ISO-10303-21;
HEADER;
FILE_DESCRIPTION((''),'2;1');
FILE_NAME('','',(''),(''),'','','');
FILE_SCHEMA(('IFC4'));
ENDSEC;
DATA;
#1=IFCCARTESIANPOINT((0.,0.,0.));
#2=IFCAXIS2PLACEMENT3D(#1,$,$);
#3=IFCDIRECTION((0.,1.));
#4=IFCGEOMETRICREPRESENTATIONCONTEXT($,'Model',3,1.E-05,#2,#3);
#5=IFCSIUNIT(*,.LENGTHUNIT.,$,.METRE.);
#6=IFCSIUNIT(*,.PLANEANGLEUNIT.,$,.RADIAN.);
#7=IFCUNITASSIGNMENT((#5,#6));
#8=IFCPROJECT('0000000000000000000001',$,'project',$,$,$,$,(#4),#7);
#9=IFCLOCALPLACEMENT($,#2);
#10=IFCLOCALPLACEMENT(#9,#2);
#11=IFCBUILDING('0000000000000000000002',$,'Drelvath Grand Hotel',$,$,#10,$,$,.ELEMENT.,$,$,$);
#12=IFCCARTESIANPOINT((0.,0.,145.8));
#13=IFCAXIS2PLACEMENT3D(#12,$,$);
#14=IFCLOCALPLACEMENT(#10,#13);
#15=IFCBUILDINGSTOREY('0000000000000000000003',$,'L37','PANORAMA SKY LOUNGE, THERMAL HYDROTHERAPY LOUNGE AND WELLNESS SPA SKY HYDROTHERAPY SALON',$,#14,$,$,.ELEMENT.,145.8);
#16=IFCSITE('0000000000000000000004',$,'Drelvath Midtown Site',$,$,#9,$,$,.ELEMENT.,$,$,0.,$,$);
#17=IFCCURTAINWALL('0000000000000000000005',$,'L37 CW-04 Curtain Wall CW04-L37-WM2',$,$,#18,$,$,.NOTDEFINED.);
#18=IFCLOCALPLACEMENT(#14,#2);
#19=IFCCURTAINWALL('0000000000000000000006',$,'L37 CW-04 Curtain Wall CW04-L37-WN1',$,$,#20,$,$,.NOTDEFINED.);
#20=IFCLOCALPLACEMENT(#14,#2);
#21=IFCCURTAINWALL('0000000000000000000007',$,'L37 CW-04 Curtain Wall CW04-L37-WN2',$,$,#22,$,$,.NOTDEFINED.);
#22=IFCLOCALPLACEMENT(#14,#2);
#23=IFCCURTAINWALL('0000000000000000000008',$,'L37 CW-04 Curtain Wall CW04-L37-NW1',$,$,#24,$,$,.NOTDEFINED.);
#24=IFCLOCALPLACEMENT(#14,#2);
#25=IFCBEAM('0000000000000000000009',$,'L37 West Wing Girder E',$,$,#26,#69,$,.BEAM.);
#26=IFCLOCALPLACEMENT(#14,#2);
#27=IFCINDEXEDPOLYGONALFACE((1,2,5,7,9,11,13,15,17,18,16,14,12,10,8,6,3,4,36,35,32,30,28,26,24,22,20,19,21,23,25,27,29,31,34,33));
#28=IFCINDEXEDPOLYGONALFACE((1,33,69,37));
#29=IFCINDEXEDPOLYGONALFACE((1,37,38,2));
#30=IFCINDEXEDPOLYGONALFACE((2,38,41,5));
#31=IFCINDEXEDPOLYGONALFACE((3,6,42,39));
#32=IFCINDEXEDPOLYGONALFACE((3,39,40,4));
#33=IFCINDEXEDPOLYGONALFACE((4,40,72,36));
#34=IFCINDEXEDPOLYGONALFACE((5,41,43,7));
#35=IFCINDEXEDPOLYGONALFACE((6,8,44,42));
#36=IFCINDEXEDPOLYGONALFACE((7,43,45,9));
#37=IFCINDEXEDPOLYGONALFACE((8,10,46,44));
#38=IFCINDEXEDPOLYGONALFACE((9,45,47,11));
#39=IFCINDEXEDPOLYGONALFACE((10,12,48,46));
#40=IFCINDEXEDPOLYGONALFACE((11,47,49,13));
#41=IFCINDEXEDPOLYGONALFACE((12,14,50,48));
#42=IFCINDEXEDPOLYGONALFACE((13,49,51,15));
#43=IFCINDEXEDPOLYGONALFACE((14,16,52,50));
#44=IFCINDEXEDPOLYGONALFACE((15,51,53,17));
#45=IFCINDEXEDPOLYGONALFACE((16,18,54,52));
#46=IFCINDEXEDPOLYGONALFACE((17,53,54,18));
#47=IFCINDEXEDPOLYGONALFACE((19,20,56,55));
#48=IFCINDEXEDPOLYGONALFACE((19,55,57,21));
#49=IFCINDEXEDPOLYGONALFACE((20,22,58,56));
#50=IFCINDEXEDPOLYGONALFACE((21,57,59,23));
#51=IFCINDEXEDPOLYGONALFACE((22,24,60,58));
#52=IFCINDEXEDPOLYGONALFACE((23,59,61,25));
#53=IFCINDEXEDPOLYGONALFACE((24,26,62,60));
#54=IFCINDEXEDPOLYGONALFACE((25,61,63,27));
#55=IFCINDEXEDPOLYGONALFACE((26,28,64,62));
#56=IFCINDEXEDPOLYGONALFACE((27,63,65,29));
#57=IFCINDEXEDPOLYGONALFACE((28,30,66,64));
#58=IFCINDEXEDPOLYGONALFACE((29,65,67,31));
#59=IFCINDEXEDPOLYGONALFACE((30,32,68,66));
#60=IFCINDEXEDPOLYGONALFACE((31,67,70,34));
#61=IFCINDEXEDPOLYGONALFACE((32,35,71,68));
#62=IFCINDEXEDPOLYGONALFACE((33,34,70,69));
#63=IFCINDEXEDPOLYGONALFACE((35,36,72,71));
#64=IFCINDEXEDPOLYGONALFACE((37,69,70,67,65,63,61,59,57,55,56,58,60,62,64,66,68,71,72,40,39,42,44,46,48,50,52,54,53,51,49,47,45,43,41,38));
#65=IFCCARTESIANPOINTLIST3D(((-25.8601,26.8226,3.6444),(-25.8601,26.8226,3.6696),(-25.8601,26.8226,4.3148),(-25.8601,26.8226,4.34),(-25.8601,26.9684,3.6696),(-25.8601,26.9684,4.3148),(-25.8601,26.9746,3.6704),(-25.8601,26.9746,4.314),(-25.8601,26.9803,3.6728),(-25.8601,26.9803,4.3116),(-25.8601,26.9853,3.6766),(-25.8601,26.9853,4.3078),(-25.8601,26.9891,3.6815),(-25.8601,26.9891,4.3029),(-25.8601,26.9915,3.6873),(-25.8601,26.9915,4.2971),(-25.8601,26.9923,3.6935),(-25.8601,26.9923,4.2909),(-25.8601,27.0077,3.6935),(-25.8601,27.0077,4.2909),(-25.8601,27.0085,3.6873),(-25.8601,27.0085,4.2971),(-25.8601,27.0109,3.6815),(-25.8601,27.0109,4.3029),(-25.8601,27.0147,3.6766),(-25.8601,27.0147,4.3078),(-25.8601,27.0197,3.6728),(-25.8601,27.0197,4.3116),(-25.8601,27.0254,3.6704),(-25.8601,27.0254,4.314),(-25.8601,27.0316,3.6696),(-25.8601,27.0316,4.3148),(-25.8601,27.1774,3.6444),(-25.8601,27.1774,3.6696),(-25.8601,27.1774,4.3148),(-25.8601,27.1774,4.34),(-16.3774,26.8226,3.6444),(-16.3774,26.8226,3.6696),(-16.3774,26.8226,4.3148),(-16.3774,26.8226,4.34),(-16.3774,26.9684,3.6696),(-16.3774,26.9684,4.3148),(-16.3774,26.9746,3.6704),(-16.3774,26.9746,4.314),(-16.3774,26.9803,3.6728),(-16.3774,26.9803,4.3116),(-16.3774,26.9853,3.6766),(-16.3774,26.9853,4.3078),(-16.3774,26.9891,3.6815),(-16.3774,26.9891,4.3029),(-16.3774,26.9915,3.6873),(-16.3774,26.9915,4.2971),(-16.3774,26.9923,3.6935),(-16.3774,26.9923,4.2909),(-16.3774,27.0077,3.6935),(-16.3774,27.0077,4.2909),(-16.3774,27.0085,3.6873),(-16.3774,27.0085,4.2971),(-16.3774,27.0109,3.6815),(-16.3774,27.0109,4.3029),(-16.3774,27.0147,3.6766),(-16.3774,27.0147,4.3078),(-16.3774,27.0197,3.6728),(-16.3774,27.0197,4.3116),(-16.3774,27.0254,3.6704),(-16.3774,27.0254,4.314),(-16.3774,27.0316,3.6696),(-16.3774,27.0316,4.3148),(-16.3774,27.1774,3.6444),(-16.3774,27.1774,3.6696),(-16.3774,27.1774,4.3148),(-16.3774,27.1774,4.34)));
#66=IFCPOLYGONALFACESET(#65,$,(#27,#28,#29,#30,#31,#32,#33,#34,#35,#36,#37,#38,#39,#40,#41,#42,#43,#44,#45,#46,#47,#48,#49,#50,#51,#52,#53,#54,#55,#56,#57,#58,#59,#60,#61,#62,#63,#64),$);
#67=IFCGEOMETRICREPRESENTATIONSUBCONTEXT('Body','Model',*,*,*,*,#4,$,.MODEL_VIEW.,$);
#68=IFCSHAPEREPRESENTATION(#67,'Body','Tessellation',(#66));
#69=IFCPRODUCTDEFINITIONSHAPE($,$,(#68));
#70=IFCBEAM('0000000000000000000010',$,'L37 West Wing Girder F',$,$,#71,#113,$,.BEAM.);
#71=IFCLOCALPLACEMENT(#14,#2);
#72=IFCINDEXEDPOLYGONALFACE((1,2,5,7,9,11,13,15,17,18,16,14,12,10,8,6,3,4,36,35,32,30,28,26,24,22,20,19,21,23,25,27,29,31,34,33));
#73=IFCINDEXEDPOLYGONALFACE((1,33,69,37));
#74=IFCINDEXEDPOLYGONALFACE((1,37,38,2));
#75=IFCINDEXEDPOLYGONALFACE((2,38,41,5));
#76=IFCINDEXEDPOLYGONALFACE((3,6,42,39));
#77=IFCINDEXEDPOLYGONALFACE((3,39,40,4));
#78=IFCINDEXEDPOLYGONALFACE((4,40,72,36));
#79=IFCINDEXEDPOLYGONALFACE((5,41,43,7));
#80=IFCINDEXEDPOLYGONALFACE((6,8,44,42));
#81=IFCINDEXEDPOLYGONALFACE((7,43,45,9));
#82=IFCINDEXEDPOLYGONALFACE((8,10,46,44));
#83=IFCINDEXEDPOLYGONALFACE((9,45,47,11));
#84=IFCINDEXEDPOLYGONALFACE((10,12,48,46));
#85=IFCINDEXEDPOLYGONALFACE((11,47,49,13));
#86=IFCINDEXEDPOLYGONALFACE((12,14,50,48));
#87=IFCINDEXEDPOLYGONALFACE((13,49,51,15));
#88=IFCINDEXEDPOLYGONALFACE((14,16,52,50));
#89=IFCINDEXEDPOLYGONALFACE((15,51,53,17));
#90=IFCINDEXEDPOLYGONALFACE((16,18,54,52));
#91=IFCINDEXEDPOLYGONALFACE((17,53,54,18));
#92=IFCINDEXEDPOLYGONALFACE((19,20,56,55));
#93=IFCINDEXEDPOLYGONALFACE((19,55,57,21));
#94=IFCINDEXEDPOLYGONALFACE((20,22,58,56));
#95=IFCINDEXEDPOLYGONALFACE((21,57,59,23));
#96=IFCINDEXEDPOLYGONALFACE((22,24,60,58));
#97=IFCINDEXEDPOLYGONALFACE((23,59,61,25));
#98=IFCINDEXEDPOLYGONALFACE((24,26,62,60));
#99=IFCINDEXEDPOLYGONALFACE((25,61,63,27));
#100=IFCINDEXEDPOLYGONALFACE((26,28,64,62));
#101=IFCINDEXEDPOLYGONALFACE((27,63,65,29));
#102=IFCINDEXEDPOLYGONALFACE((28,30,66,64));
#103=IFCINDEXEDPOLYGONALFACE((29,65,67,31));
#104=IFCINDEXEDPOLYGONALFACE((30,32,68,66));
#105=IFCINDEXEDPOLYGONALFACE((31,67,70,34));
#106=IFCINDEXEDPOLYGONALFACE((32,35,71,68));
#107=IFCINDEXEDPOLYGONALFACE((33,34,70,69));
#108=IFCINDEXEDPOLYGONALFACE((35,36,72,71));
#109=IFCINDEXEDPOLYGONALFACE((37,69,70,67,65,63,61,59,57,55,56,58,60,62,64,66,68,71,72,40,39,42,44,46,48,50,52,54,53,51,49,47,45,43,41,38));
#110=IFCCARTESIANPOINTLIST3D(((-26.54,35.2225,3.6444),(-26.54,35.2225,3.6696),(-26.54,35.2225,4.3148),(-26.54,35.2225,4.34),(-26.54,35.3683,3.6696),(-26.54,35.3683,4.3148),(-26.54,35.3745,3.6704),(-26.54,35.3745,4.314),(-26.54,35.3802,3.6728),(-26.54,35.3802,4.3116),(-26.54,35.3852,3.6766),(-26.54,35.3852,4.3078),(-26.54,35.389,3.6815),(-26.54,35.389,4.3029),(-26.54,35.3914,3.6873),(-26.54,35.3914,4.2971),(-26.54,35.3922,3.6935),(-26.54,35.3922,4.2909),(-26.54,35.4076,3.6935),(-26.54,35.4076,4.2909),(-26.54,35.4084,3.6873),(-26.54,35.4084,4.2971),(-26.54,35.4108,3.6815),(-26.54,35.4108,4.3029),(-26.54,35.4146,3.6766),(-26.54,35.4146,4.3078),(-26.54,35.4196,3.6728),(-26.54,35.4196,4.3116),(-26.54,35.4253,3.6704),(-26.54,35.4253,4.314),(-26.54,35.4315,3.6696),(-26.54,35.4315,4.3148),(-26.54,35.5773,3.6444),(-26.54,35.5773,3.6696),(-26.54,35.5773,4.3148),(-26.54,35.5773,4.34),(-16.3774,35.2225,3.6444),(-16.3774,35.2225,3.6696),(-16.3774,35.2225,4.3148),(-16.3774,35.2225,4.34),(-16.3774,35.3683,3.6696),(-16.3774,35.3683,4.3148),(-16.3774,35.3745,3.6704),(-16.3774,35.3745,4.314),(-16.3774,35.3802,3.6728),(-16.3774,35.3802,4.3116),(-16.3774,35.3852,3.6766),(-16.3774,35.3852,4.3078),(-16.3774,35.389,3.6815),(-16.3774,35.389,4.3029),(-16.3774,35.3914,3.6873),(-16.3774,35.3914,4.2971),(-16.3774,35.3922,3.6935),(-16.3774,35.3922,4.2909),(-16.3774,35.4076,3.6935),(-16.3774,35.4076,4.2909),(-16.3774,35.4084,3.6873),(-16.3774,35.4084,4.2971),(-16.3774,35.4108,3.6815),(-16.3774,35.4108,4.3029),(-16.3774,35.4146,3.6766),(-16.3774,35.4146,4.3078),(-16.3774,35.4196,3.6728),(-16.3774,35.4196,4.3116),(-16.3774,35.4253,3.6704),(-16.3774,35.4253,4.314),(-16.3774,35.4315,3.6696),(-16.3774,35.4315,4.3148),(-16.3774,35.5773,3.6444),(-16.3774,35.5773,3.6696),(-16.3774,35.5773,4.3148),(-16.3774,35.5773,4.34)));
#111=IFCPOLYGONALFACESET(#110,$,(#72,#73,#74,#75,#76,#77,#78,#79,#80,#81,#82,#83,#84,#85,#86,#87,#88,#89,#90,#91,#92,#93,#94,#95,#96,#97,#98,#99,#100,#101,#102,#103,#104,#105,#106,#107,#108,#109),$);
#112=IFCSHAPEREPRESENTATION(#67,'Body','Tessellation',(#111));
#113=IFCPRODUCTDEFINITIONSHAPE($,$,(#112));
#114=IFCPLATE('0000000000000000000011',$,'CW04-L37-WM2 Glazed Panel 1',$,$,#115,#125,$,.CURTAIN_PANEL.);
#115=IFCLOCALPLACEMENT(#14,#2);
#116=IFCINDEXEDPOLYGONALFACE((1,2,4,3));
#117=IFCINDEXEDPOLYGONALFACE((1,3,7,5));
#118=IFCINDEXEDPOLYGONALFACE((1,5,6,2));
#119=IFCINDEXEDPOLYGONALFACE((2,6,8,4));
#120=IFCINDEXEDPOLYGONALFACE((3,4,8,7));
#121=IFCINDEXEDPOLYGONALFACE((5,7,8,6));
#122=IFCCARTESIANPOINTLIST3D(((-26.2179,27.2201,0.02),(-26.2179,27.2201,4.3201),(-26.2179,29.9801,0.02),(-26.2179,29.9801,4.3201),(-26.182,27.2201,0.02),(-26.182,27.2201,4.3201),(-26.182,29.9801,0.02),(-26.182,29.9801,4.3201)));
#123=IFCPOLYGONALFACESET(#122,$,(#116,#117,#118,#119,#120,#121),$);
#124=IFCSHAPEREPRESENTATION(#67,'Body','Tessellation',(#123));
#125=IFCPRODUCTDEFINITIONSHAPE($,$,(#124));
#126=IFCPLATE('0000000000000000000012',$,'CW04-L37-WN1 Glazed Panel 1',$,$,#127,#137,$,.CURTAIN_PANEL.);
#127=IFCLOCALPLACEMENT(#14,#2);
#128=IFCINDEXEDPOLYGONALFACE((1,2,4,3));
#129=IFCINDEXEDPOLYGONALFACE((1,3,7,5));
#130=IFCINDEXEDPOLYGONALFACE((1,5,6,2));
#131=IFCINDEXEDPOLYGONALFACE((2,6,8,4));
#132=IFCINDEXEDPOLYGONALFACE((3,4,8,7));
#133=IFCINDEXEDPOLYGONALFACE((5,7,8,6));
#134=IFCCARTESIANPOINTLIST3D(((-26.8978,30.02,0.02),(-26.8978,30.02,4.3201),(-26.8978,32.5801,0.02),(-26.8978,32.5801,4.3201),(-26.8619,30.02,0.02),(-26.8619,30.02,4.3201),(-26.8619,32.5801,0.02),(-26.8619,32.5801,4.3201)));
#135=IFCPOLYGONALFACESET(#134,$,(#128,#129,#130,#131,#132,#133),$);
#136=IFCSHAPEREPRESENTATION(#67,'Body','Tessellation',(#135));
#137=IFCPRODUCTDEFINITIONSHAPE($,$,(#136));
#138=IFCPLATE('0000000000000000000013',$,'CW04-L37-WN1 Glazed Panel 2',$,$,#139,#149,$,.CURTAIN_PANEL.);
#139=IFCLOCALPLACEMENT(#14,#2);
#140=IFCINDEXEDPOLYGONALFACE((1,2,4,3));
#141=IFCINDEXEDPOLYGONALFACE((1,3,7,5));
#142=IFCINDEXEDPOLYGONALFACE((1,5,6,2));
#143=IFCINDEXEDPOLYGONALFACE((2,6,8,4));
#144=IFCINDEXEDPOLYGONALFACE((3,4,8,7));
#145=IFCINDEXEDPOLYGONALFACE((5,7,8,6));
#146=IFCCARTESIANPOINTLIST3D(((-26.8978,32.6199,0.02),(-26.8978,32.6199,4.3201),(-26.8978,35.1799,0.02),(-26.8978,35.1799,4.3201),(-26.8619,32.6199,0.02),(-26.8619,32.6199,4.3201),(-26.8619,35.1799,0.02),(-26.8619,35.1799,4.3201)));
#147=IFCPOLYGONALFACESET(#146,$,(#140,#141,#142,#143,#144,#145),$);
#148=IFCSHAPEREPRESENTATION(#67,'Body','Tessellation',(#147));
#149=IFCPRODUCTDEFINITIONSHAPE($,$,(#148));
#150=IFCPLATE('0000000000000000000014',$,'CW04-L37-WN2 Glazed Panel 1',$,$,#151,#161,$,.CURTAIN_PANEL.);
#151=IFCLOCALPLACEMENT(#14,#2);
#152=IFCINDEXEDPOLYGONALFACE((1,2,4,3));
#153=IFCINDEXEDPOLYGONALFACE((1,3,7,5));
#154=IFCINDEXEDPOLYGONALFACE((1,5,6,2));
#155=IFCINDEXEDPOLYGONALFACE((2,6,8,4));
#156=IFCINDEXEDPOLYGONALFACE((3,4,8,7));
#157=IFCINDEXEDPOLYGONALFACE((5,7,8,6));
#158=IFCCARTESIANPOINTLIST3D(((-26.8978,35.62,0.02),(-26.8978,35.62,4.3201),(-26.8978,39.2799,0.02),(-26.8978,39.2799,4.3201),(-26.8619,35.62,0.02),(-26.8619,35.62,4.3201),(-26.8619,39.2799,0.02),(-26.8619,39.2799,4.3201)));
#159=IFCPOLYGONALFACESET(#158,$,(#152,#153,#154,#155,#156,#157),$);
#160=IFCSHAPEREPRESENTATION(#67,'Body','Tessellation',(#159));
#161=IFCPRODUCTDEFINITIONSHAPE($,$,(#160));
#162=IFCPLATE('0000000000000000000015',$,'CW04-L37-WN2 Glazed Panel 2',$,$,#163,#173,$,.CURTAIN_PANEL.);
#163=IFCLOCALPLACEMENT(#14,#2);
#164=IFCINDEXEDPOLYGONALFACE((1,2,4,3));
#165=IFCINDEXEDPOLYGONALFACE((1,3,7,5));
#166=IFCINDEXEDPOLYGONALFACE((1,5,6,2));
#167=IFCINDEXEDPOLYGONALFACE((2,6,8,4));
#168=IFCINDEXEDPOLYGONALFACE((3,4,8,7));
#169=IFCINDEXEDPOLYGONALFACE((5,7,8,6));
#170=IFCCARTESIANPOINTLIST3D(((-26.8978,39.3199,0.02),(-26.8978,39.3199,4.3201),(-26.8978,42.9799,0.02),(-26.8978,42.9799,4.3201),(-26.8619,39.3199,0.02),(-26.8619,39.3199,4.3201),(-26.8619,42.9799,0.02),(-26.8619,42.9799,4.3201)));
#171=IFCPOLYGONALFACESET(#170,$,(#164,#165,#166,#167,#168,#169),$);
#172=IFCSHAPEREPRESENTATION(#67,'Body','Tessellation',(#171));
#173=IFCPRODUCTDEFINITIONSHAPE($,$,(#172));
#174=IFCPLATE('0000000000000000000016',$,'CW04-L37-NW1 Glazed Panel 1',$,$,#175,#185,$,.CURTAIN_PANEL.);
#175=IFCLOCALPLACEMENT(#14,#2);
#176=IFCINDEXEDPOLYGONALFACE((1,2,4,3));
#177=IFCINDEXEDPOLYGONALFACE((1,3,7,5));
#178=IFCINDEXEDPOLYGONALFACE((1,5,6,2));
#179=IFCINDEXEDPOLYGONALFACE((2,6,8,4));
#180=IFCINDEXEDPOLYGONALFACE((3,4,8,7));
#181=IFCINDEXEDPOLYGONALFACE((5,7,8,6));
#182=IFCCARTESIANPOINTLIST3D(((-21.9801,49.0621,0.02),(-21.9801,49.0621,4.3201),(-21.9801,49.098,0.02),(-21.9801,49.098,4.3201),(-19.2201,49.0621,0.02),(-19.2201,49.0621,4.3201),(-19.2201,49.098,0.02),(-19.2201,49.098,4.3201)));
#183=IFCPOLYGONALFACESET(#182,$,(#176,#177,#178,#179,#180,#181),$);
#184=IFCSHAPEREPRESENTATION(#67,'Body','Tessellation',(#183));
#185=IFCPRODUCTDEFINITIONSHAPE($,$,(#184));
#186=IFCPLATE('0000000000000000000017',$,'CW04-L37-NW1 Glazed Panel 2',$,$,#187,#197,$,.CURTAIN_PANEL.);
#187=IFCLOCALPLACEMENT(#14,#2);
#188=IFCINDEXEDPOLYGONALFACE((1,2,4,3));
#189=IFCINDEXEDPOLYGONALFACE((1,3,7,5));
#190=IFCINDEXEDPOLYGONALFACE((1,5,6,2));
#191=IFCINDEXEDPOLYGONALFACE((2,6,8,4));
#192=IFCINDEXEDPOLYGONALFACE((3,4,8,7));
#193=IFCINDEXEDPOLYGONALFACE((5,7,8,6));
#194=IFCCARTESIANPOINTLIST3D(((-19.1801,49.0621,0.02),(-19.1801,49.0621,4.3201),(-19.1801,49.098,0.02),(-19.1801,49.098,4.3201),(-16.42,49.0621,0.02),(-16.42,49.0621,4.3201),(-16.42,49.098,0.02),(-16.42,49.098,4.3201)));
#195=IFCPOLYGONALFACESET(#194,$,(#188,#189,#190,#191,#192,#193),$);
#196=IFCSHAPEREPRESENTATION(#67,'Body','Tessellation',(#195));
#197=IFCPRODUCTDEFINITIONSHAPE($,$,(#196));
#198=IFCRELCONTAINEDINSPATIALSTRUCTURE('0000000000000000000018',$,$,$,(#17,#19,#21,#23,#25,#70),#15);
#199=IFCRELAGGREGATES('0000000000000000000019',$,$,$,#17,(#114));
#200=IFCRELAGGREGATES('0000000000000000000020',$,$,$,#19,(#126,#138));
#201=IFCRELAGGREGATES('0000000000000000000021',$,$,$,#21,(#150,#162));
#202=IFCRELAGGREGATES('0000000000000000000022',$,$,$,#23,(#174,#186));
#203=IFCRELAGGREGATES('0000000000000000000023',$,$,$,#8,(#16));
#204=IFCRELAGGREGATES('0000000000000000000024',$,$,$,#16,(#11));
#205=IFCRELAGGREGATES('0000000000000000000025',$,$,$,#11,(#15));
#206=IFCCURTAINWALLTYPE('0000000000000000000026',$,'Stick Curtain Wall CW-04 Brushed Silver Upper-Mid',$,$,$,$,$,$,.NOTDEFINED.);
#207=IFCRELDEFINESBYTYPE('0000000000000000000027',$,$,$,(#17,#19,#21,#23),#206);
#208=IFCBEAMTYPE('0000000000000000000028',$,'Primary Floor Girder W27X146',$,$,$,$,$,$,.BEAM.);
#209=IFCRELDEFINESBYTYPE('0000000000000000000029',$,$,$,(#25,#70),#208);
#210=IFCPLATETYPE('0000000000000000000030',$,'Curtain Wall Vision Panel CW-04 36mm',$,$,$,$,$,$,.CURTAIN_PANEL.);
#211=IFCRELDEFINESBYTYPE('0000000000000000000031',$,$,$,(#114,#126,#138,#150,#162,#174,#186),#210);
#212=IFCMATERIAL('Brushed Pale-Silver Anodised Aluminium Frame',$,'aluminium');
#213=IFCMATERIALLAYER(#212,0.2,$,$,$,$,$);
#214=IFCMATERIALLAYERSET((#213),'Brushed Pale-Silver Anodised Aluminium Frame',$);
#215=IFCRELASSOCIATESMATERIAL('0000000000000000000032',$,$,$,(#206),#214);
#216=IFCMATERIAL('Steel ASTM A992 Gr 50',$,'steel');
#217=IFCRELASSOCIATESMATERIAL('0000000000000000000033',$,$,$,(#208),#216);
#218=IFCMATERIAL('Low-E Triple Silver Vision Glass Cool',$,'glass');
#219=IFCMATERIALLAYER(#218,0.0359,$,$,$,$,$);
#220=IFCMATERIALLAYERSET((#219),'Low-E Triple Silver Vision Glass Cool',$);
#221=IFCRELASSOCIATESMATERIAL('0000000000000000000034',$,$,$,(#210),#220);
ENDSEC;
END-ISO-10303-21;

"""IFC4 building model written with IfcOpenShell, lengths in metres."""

from ifc_helpers import new_model, si_unit, direction, frame, origin, origin_2d, place, context, subcontext, project, spatial, rectangle, i_section, extrude, material, layer, layer_set, material_profile, profile_set, type_object, element, aggregate, save


model = new_model("IFC4")

# Units and contexts
model_context = context("Model", 3, precision=1e-05, world=origin(), true_north=direction((0.0, 1.0)))
body_context = subcontext(model_context, "Body", "Model", "MODEL_VIEW")
ifc_project = project(units=[si_unit("LENGTHUNIT", "METRE"), si_unit("PLANEANGLEUNIT", "RADIAN")], contexts=[model_context])

# Site, building, storey
site_placement = place(None, origin())
site = spatial("IfcSite", under=ifc_project, at=site_placement, Name="Drelvath Midtown Site", CompositionType="ELEMENT", RefElevation=0.0)
building_placement = place(site_placement, origin())
building = spatial("IfcBuilding", under=site, at=building_placement, Name="Drelvath Grand Hotel", CompositionType="ELEMENT")
storey_placement = place(building_placement, frame((0.0, 0.0, 145.8)))
storey = spatial("IfcBuildingStorey", under=building, at=storey_placement, Name="L37", Description="PANORAMA SKY LOUNGE, THERMAL HYDROTHERAPY LOUNGE AND WELLNESS SPA SKY HYDROTHERAPY SALON", CompositionType="ELEMENT", Elevation=145.8)

# Curtain walls
ifc_material_1 = material(Name="Brushed Pale-Silver Anodised Aluminium Frame", Category="aluminium")
ifc_layer_1 = layer(ifc_material_1, 0.2)
ifc_layer_set_1 = layer_set([ifc_layer_1], Name="Brushed Pale-Silver Anodised Aluminium Frame")
curtain_wall_type = type_object("IfcCurtainWallType", Name="Stick Curtain Wall CW-04 Brushed Silver Upper-Mid", PredefinedType="NOTDEFINED", material=ifc_layer_set_1)
curtain_wall_1_placement = place(storey_placement, origin())
curtain_wall_1 = element("IfcCurtainWall", 1, at=curtain_wall_1_placement, inside=storey, type_object=curtain_wall_type, Name="L37 CW-04 Curtain Wall CW04-L37-WM2", PredefinedType="NOTDEFINED")
curtain_wall_2_placement = place(storey_placement, origin())
curtain_wall_2 = element("IfcCurtainWall", 2, at=curtain_wall_2_placement, inside=storey, type_object=curtain_wall_type, Name="L37 CW-04 Curtain Wall CW04-L37-WN1", PredefinedType="NOTDEFINED")
curtain_wall_3_placement = place(storey_placement, origin())
curtain_wall_3 = element("IfcCurtainWall", 3, at=curtain_wall_3_placement, inside=storey, type_object=curtain_wall_type, Name="L37 CW-04 Curtain Wall CW04-L37-WN2", PredefinedType="NOTDEFINED")
curtain_wall_4_placement = place(storey_placement, origin())
curtain_wall_4 = element("IfcCurtainWall", 4, at=curtain_wall_4_placement, inside=storey, type_object=curtain_wall_type, Name="L37 CW-04 Curtain Wall CW04-L37-NW1", PredefinedType="NOTDEFINED")

# Beams
ifc_material_2 = material(Name="Steel ASTM A992 Gr 50", Category="steel")
ifc_material_profile_1 = material_profile(ifc_material_2, i_section(OverallWidth=0.3547, OverallDepth=0.6956, WebThickness=0.0154, FlangeThickness=0.0251, FilletRadius=0.0239, at=origin_2d()), Name="W27X146")
ifc_profile_set_1 = profile_set([ifc_material_profile_1], Name="Steel ASTM A992 Gr 50")
beam_type_1 = type_object("IfcBeamType", Name="Primary Floor Girder W27X146", PredefinedType="BEAM", material=ifc_profile_set_1)
beam_1_placement = place(storey_placement, frame((-25.8601, 27.0, 3.9922), z_axis=(1.0, 0.0, 0.0), x_axis=(0.0, 1.0, 0.0)))
element("IfcBeam", 5, at=beam_1_placement, inside=storey, type_object=beam_type_1, Name="L37 West Wing Girder E", PredefinedType="BEAM", context=body_context, shape_type="SweptSolid", body=[
    extrude(i_section(OverallWidth=0.3547, OverallDepth=0.6956, WebThickness=0.0154, FlangeThickness=0.0251, FilletRadius=0.0239, at=origin_2d()), origin(), (0.0, 0.0, 1.0), 9.4827),
])
beam_2_placement = place(storey_placement, frame((-26.54, 35.3999, 3.9922), z_axis=(1.0, 0.0, 0.0), x_axis=(0.0, 1.0, 0.0)))
element("IfcBeam", 6, at=beam_2_placement, inside=storey, type_object=beam_type_1, Name="L37 West Wing Girder F", PredefinedType="BEAM", context=body_context, shape_type="SweptSolid", body=[
    extrude(i_section(OverallWidth=0.3547, OverallDepth=0.6956, WebThickness=0.0154, FlangeThickness=0.0251, FilletRadius=0.0239, at=origin_2d()), origin(), (0.0, 0.0, 1.0), 10.1626),
])

# Plates
ifc_material_3 = material(Name="Low-E Triple Silver Vision Glass Cool", Category="glass")
ifc_layer_2 = layer(ifc_material_3, 0.0359)
ifc_layer_set_2 = layer_set([ifc_layer_2], Name="Low-E Triple Silver Vision Glass Cool")
plate_type = type_object("IfcPlateType", Name="Curtain Wall Vision Panel CW-04 36mm", PredefinedType="CURTAIN_PANEL", material=ifc_layer_set_2)
plate_1_placement = place(storey_placement, frame((-26.2, 28.6001, 0.02), z_axis=(0.0, 0.0, 1.0), x_axis=(0.0, 1.0, 0.0)))
plate_1 = element("IfcPlate", 7, at=plate_1_placement, type_object=plate_type, Name="CW04-L37-WM2 Glazed Panel 1", PredefinedType="CURTAIN_PANEL", context=body_context, shape_type="SweptSolid", body=[
    extrude(rectangle(XDim=2.76, YDim=0.0359, at=origin_2d()), origin(), (0.0, 0.0, 1.0), 4.3),
])
aggregate(curtain_wall_1, [plate_1])
plate_2_placement = place(storey_placement, frame((-26.8799, 31.3, 0.02), z_axis=(0.0, 0.0, 1.0), x_axis=(0.0, 1.0, 0.0)))
plate_2 = element("IfcPlate", 8, at=plate_2_placement, type_object=plate_type, Name="CW04-L37-WN1 Glazed Panel 1", PredefinedType="CURTAIN_PANEL", context=body_context, shape_type="SweptSolid", body=[
    extrude(rectangle(XDim=2.5601, YDim=0.0359, at=origin_2d()), origin(), (0.0, 0.0, 1.0), 4.3),
])
plate_3_placement = place(storey_placement, frame((-26.8799, 33.8999, 0.02), z_axis=(0.0, 0.0, 1.0), x_axis=(0.0, 1.0, 0.0)))
plate_3 = element("IfcPlate", 9, at=plate_3_placement, type_object=plate_type, Name="CW04-L37-WN1 Glazed Panel 2", PredefinedType="CURTAIN_PANEL", context=body_context, shape_type="SweptSolid", body=[
    extrude(rectangle(XDim=2.5601, YDim=0.0359, at=origin_2d()), origin(), (0.0, 0.0, 1.0), 4.3),
])
aggregate(curtain_wall_2, [plate_2, plate_3])
plate_4_placement = place(storey_placement, frame((-26.8799, 37.45, 0.02), z_axis=(0.0, 0.0, 1.0), x_axis=(0.0, 1.0, 0.0)))
plate_4 = element("IfcPlate", 10, at=plate_4_placement, type_object=plate_type, Name="CW04-L37-WN2 Glazed Panel 1", PredefinedType="CURTAIN_PANEL", context=body_context, shape_type="SweptSolid", body=[
    extrude(rectangle(XDim=3.6599, YDim=0.0359, at=origin_2d()), origin(), (0.0, 0.0, 1.0), 4.3),
])
plate_5_placement = place(storey_placement, frame((-26.8799, 41.1499, 0.02), z_axis=(0.0, 0.0, 1.0), x_axis=(0.0, 1.0, 0.0)))
plate_5 = element("IfcPlate", 11, at=plate_5_placement, type_object=plate_type, Name="CW04-L37-WN2 Glazed Panel 2", PredefinedType="CURTAIN_PANEL", context=body_context, shape_type="SweptSolid", body=[
    extrude(rectangle(XDim=3.6599, YDim=0.0359, at=origin_2d()), origin(), (0.0, 0.0, 1.0), 4.3),
])
aggregate(curtain_wall_3, [plate_4, plate_5])
plate_6_placement = place(storey_placement, frame((-20.6001, 49.0801, 0.02), z_axis=(0.0, 0.0, 1.0), x_axis=(1.0, 0.0, 0.0)))
plate_6 = element("IfcPlate", 12, at=plate_6_placement, type_object=plate_type, Name="CW04-L37-NW1 Glazed Panel 1", PredefinedType="CURTAIN_PANEL", context=body_context, shape_type="SweptSolid", body=[
    extrude(rectangle(XDim=2.76, YDim=0.0359, at=origin_2d()), origin(), (0.0, 0.0, 1.0), 4.3),
])
plate_7_placement = place(storey_placement, frame((-17.8, 49.0801, 0.02), z_axis=(0.0, 0.0, 1.0), x_axis=(1.0, 0.0, 0.0)))
plate_7 = element("IfcPlate", 13, at=plate_7_placement, type_object=plate_type, Name="CW04-L37-NW1 Glazed Panel 2", PredefinedType="CURTAIN_PANEL", context=body_context, shape_type="SweptSolid", body=[
    extrude(rectangle(XDim=2.76, YDim=0.0359, at=origin_2d()), origin(), (0.0, 0.0, 1.0), 4.3),
])
aggregate(curtain_wall_4, [plate_6, plate_7])

save(model, "model.ifc")
